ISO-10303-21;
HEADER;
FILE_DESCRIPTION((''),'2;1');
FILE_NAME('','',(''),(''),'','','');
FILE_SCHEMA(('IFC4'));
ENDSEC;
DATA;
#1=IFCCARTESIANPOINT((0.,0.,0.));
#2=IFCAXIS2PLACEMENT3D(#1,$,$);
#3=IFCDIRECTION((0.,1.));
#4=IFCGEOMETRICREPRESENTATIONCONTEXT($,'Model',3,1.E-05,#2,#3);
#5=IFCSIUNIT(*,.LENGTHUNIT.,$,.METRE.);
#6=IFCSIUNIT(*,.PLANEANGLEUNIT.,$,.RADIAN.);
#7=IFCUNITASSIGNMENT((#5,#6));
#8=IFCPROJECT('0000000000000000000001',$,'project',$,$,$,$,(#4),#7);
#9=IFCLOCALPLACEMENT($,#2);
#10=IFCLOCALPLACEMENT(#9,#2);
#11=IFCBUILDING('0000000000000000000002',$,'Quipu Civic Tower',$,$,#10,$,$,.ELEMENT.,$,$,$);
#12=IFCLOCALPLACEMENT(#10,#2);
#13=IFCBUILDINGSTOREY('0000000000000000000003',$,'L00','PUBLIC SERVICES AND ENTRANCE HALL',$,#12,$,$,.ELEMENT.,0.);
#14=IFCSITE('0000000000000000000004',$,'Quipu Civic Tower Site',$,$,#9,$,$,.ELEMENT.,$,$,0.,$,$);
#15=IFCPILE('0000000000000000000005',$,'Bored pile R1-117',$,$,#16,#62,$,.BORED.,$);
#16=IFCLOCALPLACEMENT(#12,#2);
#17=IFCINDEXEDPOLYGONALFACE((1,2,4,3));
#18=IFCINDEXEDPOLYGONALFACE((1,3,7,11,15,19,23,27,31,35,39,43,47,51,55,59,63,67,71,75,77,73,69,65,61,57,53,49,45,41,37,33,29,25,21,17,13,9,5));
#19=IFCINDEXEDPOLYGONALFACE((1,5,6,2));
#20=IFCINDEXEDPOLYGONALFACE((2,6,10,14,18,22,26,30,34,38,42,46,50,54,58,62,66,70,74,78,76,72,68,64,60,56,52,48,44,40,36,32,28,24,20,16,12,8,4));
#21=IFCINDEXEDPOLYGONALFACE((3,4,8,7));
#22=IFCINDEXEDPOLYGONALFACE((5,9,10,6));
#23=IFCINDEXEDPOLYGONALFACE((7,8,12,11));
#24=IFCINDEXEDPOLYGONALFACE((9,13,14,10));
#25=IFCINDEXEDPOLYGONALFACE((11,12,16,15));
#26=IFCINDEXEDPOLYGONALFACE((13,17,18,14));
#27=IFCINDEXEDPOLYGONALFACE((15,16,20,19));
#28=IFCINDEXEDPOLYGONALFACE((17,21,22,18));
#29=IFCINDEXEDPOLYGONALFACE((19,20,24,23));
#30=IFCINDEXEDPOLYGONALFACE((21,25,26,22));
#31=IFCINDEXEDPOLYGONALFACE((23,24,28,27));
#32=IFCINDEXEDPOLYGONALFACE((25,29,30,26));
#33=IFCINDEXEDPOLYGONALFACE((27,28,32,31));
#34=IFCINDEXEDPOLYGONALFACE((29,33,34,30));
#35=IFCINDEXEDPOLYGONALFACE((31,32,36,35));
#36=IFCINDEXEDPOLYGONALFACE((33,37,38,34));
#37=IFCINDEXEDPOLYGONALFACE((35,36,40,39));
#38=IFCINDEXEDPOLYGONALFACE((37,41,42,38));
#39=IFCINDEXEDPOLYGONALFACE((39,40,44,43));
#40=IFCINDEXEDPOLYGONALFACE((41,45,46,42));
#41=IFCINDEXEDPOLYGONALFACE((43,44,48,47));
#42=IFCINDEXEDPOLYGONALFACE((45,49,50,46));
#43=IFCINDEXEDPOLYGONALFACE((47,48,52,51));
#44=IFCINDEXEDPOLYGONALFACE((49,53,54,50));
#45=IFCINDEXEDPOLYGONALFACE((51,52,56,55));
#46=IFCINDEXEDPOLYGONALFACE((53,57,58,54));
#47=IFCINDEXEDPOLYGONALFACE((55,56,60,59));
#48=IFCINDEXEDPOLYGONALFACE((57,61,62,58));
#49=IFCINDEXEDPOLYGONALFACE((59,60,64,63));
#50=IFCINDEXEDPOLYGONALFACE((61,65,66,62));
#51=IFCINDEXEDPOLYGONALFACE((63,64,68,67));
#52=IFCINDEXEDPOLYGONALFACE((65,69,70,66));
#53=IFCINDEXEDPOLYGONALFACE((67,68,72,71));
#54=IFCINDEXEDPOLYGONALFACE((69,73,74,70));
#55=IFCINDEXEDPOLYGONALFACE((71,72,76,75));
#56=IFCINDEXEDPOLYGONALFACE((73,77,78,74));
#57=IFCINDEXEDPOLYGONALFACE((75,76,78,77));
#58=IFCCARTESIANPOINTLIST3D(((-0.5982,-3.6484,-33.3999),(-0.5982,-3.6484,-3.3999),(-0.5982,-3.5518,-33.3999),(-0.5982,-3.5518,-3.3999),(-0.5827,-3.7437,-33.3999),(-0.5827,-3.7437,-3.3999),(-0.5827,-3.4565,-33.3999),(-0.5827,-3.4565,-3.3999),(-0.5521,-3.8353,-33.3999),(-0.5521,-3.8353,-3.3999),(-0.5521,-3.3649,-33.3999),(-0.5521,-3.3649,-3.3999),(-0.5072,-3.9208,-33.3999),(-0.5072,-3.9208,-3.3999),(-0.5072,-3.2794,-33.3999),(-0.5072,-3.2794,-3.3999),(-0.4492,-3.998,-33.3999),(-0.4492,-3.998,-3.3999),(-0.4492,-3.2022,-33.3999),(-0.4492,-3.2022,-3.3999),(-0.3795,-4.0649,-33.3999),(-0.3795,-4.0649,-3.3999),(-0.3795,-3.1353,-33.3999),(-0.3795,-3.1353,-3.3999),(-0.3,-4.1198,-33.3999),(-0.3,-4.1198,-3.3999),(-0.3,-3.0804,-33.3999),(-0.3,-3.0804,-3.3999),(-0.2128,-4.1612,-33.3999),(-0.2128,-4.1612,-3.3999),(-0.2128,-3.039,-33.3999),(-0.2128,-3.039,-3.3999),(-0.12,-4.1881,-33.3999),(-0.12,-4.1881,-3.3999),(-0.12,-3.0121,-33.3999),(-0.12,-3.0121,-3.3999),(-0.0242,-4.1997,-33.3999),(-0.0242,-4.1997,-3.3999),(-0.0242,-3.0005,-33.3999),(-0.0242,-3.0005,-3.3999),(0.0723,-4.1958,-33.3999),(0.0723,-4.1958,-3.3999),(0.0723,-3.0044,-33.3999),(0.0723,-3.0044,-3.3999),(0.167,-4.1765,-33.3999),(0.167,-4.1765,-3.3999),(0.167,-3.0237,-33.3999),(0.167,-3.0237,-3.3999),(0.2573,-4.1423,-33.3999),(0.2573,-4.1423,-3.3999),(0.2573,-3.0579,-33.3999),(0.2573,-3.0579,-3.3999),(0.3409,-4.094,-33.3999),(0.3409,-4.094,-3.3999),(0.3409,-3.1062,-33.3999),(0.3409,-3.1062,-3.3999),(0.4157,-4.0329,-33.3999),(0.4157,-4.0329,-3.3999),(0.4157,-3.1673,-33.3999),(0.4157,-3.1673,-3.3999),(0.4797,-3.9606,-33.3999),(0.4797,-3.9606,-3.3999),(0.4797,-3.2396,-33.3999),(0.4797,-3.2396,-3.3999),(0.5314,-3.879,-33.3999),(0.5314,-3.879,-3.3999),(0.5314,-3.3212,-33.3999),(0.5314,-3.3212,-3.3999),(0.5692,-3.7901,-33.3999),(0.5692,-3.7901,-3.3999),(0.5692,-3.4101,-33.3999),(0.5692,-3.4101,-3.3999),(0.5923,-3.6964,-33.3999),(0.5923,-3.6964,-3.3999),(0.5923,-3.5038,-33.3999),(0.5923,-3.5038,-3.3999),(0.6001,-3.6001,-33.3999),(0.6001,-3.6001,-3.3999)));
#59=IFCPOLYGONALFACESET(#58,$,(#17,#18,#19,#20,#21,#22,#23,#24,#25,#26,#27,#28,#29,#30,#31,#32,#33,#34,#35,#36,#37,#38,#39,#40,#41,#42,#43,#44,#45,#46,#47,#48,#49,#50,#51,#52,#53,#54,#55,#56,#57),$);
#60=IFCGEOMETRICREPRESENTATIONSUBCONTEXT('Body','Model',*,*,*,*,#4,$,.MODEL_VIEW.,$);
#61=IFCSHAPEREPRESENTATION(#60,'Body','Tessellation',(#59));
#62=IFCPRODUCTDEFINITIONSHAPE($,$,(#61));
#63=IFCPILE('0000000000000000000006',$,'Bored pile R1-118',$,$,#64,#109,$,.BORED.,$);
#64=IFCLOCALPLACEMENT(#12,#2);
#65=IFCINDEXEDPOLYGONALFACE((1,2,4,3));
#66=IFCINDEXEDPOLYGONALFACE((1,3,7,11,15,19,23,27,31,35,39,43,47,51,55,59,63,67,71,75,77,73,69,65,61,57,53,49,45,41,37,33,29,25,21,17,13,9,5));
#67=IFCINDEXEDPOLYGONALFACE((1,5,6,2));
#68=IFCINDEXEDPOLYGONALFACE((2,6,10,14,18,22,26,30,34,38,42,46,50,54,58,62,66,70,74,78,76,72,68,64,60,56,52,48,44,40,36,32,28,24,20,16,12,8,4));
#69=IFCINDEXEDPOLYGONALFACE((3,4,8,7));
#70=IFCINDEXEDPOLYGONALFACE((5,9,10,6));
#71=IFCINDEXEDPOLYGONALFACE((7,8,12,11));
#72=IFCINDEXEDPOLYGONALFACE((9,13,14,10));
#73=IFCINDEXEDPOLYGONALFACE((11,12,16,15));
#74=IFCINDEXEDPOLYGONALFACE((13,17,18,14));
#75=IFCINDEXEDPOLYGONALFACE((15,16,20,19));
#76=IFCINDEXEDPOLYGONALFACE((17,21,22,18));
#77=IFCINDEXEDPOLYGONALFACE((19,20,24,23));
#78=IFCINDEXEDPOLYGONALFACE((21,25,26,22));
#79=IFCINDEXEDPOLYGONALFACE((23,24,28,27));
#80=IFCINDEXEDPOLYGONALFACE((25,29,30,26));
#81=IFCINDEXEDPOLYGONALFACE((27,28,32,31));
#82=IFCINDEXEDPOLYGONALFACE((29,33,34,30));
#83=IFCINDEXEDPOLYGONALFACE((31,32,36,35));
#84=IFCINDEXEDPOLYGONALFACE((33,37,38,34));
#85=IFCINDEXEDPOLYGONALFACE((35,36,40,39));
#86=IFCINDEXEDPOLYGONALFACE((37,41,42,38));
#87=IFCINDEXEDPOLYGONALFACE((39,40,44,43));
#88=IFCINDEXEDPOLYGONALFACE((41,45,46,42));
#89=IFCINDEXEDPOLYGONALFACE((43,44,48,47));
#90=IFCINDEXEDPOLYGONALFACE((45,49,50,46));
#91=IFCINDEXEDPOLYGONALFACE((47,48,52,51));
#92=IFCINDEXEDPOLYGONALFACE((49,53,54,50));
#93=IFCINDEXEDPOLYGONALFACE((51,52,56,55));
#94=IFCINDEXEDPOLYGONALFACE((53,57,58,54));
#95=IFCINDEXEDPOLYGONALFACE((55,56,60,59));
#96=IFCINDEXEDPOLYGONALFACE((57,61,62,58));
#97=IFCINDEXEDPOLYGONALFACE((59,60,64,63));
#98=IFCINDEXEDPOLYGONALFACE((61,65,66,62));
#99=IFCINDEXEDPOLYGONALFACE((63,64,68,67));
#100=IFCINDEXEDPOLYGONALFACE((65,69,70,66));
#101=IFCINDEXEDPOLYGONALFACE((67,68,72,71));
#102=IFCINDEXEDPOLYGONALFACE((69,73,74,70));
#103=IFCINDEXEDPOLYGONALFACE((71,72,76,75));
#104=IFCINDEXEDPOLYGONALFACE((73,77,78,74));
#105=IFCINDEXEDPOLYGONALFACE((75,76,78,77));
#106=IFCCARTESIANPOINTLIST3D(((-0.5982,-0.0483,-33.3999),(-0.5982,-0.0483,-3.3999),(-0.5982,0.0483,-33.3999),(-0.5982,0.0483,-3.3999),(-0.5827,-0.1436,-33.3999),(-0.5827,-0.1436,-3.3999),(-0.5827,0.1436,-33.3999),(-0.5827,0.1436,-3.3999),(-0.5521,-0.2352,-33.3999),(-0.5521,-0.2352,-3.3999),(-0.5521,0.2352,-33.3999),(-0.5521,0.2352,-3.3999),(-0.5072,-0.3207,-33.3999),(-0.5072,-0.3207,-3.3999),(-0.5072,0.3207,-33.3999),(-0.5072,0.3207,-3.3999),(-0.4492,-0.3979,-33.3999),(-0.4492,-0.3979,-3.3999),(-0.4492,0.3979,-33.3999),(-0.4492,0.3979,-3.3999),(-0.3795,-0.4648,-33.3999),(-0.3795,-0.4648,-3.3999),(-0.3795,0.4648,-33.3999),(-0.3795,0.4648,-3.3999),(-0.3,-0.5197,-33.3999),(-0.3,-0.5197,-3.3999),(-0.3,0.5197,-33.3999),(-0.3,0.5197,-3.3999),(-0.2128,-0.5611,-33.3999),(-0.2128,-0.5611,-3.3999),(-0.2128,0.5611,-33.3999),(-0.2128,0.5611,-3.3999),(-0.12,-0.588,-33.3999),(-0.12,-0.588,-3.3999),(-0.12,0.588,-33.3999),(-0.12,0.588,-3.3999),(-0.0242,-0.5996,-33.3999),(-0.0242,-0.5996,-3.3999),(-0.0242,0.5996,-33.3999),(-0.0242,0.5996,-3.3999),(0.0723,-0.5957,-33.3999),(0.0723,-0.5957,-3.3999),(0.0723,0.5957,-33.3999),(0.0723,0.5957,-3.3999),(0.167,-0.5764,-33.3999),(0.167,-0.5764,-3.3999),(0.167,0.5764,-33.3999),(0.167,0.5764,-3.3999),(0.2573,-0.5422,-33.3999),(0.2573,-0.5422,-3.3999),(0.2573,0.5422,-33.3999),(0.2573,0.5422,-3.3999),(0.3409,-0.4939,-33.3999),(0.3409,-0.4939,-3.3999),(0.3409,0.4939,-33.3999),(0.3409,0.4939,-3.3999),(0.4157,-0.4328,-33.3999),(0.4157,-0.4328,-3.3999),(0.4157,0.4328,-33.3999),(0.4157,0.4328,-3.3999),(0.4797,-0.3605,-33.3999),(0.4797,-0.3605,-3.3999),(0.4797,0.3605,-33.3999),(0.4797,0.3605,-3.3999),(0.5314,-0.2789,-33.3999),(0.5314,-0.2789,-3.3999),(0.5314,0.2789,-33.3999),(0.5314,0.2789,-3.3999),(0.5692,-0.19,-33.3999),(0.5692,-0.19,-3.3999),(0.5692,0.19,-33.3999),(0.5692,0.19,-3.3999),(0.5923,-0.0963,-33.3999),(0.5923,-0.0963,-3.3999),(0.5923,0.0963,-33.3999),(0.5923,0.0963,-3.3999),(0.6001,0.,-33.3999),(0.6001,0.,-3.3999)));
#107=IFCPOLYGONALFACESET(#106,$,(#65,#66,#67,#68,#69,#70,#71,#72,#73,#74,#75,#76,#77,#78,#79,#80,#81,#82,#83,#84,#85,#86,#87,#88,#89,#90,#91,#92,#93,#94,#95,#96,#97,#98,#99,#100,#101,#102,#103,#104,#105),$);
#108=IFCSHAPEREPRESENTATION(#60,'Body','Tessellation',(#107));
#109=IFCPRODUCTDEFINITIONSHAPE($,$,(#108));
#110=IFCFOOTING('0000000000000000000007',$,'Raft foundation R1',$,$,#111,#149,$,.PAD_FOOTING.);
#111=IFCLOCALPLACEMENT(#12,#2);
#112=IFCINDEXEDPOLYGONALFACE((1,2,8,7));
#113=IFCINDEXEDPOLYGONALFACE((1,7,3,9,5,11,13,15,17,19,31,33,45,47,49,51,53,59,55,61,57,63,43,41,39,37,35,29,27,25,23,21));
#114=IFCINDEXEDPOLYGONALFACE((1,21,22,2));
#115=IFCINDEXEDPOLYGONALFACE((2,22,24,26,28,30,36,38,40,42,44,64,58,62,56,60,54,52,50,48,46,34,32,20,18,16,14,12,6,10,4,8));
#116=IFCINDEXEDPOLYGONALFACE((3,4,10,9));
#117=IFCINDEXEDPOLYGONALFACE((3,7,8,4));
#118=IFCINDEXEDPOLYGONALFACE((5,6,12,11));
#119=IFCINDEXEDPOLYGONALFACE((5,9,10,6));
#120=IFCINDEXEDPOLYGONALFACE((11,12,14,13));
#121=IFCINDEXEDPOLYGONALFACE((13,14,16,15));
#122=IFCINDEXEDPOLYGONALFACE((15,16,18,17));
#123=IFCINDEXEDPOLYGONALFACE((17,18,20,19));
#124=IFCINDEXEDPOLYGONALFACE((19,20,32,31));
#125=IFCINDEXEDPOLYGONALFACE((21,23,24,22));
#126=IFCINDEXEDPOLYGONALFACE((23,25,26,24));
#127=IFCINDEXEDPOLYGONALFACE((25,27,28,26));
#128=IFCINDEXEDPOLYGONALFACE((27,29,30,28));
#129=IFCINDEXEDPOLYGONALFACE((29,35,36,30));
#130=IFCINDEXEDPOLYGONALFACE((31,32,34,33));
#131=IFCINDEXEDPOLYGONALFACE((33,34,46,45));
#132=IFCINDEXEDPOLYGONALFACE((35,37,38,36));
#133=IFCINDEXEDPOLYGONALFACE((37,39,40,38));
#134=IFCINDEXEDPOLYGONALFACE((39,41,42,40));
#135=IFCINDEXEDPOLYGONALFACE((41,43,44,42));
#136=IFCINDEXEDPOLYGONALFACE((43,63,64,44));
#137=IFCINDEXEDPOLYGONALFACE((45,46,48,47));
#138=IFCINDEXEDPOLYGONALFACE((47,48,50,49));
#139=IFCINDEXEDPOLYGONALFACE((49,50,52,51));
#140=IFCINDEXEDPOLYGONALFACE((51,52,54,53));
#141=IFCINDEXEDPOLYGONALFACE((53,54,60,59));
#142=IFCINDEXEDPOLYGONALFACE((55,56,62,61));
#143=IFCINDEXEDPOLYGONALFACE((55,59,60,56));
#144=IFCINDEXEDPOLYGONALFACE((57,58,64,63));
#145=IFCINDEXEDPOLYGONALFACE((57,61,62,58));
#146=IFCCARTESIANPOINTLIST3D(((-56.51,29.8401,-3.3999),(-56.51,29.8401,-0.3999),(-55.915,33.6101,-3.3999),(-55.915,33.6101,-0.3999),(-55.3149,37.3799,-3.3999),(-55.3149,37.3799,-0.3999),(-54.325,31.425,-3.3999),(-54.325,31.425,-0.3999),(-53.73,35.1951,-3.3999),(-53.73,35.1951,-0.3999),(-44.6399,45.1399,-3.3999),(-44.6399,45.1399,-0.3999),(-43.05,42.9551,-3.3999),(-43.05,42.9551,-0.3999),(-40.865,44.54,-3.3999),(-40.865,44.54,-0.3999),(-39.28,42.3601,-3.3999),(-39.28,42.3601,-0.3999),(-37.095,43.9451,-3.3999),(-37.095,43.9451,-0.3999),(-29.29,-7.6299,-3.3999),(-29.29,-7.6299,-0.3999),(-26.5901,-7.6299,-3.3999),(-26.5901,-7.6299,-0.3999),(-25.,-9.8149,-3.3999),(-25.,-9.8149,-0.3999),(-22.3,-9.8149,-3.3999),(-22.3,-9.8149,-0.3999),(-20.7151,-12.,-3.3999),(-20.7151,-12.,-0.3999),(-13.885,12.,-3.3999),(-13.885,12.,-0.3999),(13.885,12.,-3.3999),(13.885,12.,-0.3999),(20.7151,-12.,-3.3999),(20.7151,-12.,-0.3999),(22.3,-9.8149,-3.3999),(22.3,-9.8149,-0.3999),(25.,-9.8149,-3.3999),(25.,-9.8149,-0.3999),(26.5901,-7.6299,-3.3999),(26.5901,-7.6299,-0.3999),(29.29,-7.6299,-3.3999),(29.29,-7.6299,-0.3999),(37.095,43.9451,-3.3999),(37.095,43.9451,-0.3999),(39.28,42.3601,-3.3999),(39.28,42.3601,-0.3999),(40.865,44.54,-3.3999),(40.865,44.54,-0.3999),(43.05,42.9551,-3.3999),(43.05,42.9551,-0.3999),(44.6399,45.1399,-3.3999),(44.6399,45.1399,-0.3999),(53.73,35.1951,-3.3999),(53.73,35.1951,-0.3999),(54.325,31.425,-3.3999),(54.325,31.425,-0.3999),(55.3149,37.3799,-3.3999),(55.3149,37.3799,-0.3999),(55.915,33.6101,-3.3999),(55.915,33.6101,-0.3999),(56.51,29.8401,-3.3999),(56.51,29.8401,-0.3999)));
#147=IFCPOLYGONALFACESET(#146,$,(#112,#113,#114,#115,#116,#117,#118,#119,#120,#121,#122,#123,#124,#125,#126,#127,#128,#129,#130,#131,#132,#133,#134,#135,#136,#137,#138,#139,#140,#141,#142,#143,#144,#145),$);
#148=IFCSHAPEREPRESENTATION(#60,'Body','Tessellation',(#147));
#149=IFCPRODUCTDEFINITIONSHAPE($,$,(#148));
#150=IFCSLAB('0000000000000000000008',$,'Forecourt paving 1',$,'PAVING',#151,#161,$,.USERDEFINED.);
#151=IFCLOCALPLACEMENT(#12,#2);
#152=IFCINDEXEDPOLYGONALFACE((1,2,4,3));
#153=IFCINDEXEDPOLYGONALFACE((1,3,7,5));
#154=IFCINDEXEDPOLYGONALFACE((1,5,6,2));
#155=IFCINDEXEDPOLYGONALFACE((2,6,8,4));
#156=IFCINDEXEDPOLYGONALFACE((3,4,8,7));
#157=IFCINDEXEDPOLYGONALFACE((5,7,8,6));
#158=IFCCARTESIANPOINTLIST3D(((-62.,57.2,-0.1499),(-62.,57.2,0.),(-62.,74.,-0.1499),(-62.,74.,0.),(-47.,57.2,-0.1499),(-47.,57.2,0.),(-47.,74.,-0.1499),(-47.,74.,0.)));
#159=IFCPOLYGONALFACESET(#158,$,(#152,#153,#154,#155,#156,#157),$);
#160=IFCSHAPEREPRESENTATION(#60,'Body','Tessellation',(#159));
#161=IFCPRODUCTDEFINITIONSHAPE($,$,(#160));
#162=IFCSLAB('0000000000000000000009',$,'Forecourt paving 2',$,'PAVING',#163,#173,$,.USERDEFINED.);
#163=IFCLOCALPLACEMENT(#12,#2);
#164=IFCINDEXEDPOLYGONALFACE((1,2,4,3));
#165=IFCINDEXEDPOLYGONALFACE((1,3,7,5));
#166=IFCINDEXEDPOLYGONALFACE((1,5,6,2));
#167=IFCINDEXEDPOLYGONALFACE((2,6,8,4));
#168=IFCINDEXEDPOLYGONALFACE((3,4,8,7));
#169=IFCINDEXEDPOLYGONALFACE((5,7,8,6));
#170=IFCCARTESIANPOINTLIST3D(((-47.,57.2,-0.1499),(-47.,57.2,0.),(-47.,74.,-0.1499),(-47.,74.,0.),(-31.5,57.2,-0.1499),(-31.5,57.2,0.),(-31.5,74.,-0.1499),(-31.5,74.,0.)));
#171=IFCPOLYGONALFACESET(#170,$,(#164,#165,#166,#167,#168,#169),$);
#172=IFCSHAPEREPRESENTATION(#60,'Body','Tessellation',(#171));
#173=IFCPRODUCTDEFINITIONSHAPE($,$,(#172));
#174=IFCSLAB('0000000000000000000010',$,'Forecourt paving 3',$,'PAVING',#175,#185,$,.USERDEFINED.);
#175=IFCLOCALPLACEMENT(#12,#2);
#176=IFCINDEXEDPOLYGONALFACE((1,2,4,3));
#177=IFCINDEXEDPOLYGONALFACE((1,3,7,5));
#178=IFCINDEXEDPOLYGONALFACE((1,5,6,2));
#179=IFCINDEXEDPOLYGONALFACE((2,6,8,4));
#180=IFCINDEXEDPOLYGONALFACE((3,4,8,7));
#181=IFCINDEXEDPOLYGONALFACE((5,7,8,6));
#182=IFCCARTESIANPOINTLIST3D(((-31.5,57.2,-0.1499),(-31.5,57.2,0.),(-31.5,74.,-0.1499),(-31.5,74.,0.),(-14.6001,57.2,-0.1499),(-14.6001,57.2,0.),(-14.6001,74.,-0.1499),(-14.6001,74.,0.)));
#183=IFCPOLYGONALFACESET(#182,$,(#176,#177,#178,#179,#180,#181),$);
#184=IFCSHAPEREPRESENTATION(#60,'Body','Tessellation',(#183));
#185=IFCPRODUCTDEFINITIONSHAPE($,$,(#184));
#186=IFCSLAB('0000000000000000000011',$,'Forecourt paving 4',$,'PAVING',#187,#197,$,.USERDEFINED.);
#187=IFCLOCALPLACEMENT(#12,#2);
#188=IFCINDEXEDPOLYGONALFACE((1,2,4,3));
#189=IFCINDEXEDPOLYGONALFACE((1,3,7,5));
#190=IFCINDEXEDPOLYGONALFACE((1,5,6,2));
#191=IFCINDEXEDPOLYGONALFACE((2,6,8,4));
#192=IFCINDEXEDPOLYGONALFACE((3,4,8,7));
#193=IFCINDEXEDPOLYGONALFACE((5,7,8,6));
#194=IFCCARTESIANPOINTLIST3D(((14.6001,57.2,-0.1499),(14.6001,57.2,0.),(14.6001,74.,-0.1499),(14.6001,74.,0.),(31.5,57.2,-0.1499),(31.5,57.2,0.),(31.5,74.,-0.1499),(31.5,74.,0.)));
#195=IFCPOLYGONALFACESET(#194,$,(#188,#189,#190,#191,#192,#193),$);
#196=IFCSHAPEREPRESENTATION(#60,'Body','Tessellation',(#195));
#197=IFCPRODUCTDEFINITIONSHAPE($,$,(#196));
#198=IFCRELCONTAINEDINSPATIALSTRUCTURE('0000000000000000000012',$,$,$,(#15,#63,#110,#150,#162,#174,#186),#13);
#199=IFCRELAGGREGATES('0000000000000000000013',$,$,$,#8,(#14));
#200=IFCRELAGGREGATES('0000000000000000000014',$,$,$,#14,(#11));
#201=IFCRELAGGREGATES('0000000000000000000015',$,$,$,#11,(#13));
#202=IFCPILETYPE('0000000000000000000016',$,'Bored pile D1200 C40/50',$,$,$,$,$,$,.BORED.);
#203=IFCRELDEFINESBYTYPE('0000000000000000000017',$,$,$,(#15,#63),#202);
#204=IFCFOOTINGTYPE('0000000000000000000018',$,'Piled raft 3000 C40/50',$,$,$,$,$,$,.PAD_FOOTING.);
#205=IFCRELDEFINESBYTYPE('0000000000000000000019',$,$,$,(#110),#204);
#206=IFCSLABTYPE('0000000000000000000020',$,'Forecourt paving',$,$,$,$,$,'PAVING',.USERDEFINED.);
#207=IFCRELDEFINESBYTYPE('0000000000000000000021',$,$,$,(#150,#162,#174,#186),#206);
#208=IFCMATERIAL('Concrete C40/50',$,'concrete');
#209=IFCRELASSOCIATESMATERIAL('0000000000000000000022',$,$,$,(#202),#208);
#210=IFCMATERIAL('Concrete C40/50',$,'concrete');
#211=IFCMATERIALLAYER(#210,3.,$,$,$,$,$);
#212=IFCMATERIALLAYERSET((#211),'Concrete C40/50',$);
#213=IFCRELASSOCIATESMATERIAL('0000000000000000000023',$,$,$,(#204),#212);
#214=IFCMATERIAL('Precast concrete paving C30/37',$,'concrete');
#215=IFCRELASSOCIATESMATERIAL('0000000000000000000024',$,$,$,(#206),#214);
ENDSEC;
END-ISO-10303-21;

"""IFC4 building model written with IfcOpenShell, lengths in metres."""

from ifc_helpers import new_model, si_unit, direction, frame, origin, origin_2d, place, context, subcontext, project, spatial, polyline, circle, outline, extrude, material, layer, layer_set, material_profile, profile_set, type_object, element, save


model = new_model("IFC4")

# Units and contexts
model_context = context("Model", 3, precision=1e-05, world=origin(), true_north=direction((0.0, 1.0)))
body_context = subcontext(model_context, "Body", "Model", "MODEL_VIEW")
ifc_project = project(units=[si_unit("LENGTHUNIT", "METRE"), si_unit("PLANEANGLEUNIT", "RADIAN")], contexts=[model_context])

# Site, building, storey
site_placement = place(None, origin())
site = spatial("IfcSite", under=ifc_project, at=site_placement, Name="Quipu Civic Tower Site", CompositionType="ELEMENT", RefElevation=0.0)
building_placement = place(site_placement, origin())
building = spatial("IfcBuilding", under=site, at=building_placement, Name="Quipu Civic Tower", CompositionType="ELEMENT")
storey_placement = place(building_placement, origin())
storey = spatial("IfcBuildingStorey", under=building, at=storey_placement, Name="L00", Description="PUBLIC SERVICES AND ENTRANCE HALL", CompositionType="ELEMENT", Elevation=0.0)

# Piles
ifc_material_1 = material(Name="Concrete C40/50", Category="concrete")
ifc_material_profile = material_profile(ifc_material_1, circle(Radius=0.6001, at=origin_2d()), Name="RCD1200")
ifc_profile_set = profile_set([ifc_material_profile], Name="Concrete C40/50")
pile_type = type_object("IfcPileType", Name="Bored pile D1200 C40/50", PredefinedType="BORED", material=ifc_profile_set)
for number, where, z_axis, x_axis, name in (
    (1, (0.0, -3.6001, -3.3999), (0.0, 0.0, -1.0), (1.0, 0.0, 0.0), "Bored pile R1-117"),
    (2, (0.0, 0.0, -3.3999), (0.0, 0.0, -1.0), (1.0, 0.0, 0.0), "Bored pile R1-118"),
):
    element("IfcPile", number, at=place(storey_placement, frame(where, z_axis=z_axis, x_axis=x_axis)), inside=storey, type_object=pile_type, Name=name, PredefinedType="BORED", context=body_context, shape_type="SweptSolid", body=[
        extrude(circle(Radius=0.6001, at=origin_2d()), origin(), (0.0, 0.0, 1.0), 30.0),
    ])

# Footing
ifc_material_2 = material(Name="Concrete C40/50", Category="concrete")
ifc_layer_1 = layer(ifc_material_2, 3.0)
ifc_layer_set_1 = layer_set([ifc_layer_1], Name="Concrete C40/50")
footing_type = type_object("IfcFootingType", Name="Piled raft 3000 C40/50", PredefinedType="PAD_FOOTING", material=ifc_layer_set_1)
footing_placement = place(storey_placement, frame((0.0, 0.0, -3.3999)))
element("IfcFooting", 3, at=footing_placement, inside=storey, type_object=footing_type, Name="Raft foundation R1", PredefinedType="PAD_FOOTING", context=body_context, shape_type="SweptSolid", body=[
    extrude(outline(polyline([(13.885, 12.0), (37.095, 43.9451), (39.28, 42.3601), (40.865, 44.54), (43.05, 42.9551), (44.6399, 45.1399), (55.3149, 37.3799), (53.73, 35.1951), (55.915, 33.6101), (54.325, 31.425), (56.51, 29.8401), (29.29, -7.6299), (26.5901, -7.6299), (25.0, -9.8149), (22.3, -9.8149), (20.7151, -12.0), (-20.7151, -12.0), (-22.3, -9.8149), (-25.0, -9.8149), (-26.5901, -7.6299), (-29.29, -7.6299), (-56.51, 29.8401), (-54.325, 31.425), (-55.915, 33.6101), (-53.73, 35.1951), (-55.3149, 37.3799), (-44.6399, 45.1399), (-43.05, 42.9551), (-40.865, 44.54), (-39.28, 42.3601), (-37.095, 43.9451), (-13.885, 12.0), (13.885, 12.0)])), origin(), (0.0, 0.0, 1.0), 3.0),
])

# Slabs
ifc_material_3 = material(Name="Precast concrete paving C30/37", Category="concrete")
slab_type_1 = type_object("IfcSlabType", Name="Forecourt paving", ElementType="PAVING", PredefinedType="USERDEFINED", material=ifc_material_3)
slab_1_placement = place(storey_placement, frame((0.0, 0.0, -0.1499)))
element("IfcSlab", 4, at=slab_1_placement, inside=storey, type_object=slab_type_1, Name="Forecourt paving 1", ObjectType="PAVING", PredefinedType="USERDEFINED", context=body_context, shape_type="SweptSolid", body=[
    extrude(outline(polyline([(-47.0, 57.2), (-47.0, 74.0), (-62.0, 74.0), (-62.0, 57.2), (-47.0, 57.2)])), origin(), (0.0, 0.0, 1.0), 0.1499),
])
slab_2_placement = place(storey_placement, frame((0.0, 0.0, -0.1499)))
element("IfcSlab", 5, at=slab_2_placement, inside=storey, type_object=slab_type_1, Name="Forecourt paving 2", ObjectType="PAVING", PredefinedType="USERDEFINED", context=body_context, shape_type="SweptSolid", body=[
    extrude(outline(polyline([(-31.5, 57.2), (-31.5, 74.0), (-47.0, 74.0), (-47.0, 57.2), (-31.5, 57.2)])), origin(), (0.0, 0.0, 1.0), 0.1499),
])
slab_3_placement = place(storey_placement, frame((0.0, 0.0, -0.1499)))
element("IfcSlab", 6, at=slab_3_placement, inside=storey, type_object=slab_type_1, Name="Forecourt paving 3", ObjectType="PAVING", PredefinedType="USERDEFINED", context=body_context, shape_type="SweptSolid", body=[
    extrude(outline(polyline([(-14.6001, 57.2), (-14.6001, 74.0), (-31.5, 74.0), (-31.5, 57.2), (-14.6001, 57.2)])), origin(), (0.0, 0.0, 1.0), 0.1499),
])
slab_4_placement = place(storey_placement, frame((0.0, 0.0, -0.1499)))
element("IfcSlab", 7, at=slab_4_placement, inside=storey, type_object=slab_type_1, Name="Forecourt paving 4", ObjectType="PAVING", PredefinedType="USERDEFINED", context=body_context, shape_type="SweptSolid", body=[
    extrude(outline(polyline([(31.5, 57.2), (31.5, 74.0), (14.6001, 74.0), (14.6001, 57.2), (31.5, 57.2)])), origin(), (0.0, 0.0, 1.0), 0.1499),
])

save(model, "model.ifc")
